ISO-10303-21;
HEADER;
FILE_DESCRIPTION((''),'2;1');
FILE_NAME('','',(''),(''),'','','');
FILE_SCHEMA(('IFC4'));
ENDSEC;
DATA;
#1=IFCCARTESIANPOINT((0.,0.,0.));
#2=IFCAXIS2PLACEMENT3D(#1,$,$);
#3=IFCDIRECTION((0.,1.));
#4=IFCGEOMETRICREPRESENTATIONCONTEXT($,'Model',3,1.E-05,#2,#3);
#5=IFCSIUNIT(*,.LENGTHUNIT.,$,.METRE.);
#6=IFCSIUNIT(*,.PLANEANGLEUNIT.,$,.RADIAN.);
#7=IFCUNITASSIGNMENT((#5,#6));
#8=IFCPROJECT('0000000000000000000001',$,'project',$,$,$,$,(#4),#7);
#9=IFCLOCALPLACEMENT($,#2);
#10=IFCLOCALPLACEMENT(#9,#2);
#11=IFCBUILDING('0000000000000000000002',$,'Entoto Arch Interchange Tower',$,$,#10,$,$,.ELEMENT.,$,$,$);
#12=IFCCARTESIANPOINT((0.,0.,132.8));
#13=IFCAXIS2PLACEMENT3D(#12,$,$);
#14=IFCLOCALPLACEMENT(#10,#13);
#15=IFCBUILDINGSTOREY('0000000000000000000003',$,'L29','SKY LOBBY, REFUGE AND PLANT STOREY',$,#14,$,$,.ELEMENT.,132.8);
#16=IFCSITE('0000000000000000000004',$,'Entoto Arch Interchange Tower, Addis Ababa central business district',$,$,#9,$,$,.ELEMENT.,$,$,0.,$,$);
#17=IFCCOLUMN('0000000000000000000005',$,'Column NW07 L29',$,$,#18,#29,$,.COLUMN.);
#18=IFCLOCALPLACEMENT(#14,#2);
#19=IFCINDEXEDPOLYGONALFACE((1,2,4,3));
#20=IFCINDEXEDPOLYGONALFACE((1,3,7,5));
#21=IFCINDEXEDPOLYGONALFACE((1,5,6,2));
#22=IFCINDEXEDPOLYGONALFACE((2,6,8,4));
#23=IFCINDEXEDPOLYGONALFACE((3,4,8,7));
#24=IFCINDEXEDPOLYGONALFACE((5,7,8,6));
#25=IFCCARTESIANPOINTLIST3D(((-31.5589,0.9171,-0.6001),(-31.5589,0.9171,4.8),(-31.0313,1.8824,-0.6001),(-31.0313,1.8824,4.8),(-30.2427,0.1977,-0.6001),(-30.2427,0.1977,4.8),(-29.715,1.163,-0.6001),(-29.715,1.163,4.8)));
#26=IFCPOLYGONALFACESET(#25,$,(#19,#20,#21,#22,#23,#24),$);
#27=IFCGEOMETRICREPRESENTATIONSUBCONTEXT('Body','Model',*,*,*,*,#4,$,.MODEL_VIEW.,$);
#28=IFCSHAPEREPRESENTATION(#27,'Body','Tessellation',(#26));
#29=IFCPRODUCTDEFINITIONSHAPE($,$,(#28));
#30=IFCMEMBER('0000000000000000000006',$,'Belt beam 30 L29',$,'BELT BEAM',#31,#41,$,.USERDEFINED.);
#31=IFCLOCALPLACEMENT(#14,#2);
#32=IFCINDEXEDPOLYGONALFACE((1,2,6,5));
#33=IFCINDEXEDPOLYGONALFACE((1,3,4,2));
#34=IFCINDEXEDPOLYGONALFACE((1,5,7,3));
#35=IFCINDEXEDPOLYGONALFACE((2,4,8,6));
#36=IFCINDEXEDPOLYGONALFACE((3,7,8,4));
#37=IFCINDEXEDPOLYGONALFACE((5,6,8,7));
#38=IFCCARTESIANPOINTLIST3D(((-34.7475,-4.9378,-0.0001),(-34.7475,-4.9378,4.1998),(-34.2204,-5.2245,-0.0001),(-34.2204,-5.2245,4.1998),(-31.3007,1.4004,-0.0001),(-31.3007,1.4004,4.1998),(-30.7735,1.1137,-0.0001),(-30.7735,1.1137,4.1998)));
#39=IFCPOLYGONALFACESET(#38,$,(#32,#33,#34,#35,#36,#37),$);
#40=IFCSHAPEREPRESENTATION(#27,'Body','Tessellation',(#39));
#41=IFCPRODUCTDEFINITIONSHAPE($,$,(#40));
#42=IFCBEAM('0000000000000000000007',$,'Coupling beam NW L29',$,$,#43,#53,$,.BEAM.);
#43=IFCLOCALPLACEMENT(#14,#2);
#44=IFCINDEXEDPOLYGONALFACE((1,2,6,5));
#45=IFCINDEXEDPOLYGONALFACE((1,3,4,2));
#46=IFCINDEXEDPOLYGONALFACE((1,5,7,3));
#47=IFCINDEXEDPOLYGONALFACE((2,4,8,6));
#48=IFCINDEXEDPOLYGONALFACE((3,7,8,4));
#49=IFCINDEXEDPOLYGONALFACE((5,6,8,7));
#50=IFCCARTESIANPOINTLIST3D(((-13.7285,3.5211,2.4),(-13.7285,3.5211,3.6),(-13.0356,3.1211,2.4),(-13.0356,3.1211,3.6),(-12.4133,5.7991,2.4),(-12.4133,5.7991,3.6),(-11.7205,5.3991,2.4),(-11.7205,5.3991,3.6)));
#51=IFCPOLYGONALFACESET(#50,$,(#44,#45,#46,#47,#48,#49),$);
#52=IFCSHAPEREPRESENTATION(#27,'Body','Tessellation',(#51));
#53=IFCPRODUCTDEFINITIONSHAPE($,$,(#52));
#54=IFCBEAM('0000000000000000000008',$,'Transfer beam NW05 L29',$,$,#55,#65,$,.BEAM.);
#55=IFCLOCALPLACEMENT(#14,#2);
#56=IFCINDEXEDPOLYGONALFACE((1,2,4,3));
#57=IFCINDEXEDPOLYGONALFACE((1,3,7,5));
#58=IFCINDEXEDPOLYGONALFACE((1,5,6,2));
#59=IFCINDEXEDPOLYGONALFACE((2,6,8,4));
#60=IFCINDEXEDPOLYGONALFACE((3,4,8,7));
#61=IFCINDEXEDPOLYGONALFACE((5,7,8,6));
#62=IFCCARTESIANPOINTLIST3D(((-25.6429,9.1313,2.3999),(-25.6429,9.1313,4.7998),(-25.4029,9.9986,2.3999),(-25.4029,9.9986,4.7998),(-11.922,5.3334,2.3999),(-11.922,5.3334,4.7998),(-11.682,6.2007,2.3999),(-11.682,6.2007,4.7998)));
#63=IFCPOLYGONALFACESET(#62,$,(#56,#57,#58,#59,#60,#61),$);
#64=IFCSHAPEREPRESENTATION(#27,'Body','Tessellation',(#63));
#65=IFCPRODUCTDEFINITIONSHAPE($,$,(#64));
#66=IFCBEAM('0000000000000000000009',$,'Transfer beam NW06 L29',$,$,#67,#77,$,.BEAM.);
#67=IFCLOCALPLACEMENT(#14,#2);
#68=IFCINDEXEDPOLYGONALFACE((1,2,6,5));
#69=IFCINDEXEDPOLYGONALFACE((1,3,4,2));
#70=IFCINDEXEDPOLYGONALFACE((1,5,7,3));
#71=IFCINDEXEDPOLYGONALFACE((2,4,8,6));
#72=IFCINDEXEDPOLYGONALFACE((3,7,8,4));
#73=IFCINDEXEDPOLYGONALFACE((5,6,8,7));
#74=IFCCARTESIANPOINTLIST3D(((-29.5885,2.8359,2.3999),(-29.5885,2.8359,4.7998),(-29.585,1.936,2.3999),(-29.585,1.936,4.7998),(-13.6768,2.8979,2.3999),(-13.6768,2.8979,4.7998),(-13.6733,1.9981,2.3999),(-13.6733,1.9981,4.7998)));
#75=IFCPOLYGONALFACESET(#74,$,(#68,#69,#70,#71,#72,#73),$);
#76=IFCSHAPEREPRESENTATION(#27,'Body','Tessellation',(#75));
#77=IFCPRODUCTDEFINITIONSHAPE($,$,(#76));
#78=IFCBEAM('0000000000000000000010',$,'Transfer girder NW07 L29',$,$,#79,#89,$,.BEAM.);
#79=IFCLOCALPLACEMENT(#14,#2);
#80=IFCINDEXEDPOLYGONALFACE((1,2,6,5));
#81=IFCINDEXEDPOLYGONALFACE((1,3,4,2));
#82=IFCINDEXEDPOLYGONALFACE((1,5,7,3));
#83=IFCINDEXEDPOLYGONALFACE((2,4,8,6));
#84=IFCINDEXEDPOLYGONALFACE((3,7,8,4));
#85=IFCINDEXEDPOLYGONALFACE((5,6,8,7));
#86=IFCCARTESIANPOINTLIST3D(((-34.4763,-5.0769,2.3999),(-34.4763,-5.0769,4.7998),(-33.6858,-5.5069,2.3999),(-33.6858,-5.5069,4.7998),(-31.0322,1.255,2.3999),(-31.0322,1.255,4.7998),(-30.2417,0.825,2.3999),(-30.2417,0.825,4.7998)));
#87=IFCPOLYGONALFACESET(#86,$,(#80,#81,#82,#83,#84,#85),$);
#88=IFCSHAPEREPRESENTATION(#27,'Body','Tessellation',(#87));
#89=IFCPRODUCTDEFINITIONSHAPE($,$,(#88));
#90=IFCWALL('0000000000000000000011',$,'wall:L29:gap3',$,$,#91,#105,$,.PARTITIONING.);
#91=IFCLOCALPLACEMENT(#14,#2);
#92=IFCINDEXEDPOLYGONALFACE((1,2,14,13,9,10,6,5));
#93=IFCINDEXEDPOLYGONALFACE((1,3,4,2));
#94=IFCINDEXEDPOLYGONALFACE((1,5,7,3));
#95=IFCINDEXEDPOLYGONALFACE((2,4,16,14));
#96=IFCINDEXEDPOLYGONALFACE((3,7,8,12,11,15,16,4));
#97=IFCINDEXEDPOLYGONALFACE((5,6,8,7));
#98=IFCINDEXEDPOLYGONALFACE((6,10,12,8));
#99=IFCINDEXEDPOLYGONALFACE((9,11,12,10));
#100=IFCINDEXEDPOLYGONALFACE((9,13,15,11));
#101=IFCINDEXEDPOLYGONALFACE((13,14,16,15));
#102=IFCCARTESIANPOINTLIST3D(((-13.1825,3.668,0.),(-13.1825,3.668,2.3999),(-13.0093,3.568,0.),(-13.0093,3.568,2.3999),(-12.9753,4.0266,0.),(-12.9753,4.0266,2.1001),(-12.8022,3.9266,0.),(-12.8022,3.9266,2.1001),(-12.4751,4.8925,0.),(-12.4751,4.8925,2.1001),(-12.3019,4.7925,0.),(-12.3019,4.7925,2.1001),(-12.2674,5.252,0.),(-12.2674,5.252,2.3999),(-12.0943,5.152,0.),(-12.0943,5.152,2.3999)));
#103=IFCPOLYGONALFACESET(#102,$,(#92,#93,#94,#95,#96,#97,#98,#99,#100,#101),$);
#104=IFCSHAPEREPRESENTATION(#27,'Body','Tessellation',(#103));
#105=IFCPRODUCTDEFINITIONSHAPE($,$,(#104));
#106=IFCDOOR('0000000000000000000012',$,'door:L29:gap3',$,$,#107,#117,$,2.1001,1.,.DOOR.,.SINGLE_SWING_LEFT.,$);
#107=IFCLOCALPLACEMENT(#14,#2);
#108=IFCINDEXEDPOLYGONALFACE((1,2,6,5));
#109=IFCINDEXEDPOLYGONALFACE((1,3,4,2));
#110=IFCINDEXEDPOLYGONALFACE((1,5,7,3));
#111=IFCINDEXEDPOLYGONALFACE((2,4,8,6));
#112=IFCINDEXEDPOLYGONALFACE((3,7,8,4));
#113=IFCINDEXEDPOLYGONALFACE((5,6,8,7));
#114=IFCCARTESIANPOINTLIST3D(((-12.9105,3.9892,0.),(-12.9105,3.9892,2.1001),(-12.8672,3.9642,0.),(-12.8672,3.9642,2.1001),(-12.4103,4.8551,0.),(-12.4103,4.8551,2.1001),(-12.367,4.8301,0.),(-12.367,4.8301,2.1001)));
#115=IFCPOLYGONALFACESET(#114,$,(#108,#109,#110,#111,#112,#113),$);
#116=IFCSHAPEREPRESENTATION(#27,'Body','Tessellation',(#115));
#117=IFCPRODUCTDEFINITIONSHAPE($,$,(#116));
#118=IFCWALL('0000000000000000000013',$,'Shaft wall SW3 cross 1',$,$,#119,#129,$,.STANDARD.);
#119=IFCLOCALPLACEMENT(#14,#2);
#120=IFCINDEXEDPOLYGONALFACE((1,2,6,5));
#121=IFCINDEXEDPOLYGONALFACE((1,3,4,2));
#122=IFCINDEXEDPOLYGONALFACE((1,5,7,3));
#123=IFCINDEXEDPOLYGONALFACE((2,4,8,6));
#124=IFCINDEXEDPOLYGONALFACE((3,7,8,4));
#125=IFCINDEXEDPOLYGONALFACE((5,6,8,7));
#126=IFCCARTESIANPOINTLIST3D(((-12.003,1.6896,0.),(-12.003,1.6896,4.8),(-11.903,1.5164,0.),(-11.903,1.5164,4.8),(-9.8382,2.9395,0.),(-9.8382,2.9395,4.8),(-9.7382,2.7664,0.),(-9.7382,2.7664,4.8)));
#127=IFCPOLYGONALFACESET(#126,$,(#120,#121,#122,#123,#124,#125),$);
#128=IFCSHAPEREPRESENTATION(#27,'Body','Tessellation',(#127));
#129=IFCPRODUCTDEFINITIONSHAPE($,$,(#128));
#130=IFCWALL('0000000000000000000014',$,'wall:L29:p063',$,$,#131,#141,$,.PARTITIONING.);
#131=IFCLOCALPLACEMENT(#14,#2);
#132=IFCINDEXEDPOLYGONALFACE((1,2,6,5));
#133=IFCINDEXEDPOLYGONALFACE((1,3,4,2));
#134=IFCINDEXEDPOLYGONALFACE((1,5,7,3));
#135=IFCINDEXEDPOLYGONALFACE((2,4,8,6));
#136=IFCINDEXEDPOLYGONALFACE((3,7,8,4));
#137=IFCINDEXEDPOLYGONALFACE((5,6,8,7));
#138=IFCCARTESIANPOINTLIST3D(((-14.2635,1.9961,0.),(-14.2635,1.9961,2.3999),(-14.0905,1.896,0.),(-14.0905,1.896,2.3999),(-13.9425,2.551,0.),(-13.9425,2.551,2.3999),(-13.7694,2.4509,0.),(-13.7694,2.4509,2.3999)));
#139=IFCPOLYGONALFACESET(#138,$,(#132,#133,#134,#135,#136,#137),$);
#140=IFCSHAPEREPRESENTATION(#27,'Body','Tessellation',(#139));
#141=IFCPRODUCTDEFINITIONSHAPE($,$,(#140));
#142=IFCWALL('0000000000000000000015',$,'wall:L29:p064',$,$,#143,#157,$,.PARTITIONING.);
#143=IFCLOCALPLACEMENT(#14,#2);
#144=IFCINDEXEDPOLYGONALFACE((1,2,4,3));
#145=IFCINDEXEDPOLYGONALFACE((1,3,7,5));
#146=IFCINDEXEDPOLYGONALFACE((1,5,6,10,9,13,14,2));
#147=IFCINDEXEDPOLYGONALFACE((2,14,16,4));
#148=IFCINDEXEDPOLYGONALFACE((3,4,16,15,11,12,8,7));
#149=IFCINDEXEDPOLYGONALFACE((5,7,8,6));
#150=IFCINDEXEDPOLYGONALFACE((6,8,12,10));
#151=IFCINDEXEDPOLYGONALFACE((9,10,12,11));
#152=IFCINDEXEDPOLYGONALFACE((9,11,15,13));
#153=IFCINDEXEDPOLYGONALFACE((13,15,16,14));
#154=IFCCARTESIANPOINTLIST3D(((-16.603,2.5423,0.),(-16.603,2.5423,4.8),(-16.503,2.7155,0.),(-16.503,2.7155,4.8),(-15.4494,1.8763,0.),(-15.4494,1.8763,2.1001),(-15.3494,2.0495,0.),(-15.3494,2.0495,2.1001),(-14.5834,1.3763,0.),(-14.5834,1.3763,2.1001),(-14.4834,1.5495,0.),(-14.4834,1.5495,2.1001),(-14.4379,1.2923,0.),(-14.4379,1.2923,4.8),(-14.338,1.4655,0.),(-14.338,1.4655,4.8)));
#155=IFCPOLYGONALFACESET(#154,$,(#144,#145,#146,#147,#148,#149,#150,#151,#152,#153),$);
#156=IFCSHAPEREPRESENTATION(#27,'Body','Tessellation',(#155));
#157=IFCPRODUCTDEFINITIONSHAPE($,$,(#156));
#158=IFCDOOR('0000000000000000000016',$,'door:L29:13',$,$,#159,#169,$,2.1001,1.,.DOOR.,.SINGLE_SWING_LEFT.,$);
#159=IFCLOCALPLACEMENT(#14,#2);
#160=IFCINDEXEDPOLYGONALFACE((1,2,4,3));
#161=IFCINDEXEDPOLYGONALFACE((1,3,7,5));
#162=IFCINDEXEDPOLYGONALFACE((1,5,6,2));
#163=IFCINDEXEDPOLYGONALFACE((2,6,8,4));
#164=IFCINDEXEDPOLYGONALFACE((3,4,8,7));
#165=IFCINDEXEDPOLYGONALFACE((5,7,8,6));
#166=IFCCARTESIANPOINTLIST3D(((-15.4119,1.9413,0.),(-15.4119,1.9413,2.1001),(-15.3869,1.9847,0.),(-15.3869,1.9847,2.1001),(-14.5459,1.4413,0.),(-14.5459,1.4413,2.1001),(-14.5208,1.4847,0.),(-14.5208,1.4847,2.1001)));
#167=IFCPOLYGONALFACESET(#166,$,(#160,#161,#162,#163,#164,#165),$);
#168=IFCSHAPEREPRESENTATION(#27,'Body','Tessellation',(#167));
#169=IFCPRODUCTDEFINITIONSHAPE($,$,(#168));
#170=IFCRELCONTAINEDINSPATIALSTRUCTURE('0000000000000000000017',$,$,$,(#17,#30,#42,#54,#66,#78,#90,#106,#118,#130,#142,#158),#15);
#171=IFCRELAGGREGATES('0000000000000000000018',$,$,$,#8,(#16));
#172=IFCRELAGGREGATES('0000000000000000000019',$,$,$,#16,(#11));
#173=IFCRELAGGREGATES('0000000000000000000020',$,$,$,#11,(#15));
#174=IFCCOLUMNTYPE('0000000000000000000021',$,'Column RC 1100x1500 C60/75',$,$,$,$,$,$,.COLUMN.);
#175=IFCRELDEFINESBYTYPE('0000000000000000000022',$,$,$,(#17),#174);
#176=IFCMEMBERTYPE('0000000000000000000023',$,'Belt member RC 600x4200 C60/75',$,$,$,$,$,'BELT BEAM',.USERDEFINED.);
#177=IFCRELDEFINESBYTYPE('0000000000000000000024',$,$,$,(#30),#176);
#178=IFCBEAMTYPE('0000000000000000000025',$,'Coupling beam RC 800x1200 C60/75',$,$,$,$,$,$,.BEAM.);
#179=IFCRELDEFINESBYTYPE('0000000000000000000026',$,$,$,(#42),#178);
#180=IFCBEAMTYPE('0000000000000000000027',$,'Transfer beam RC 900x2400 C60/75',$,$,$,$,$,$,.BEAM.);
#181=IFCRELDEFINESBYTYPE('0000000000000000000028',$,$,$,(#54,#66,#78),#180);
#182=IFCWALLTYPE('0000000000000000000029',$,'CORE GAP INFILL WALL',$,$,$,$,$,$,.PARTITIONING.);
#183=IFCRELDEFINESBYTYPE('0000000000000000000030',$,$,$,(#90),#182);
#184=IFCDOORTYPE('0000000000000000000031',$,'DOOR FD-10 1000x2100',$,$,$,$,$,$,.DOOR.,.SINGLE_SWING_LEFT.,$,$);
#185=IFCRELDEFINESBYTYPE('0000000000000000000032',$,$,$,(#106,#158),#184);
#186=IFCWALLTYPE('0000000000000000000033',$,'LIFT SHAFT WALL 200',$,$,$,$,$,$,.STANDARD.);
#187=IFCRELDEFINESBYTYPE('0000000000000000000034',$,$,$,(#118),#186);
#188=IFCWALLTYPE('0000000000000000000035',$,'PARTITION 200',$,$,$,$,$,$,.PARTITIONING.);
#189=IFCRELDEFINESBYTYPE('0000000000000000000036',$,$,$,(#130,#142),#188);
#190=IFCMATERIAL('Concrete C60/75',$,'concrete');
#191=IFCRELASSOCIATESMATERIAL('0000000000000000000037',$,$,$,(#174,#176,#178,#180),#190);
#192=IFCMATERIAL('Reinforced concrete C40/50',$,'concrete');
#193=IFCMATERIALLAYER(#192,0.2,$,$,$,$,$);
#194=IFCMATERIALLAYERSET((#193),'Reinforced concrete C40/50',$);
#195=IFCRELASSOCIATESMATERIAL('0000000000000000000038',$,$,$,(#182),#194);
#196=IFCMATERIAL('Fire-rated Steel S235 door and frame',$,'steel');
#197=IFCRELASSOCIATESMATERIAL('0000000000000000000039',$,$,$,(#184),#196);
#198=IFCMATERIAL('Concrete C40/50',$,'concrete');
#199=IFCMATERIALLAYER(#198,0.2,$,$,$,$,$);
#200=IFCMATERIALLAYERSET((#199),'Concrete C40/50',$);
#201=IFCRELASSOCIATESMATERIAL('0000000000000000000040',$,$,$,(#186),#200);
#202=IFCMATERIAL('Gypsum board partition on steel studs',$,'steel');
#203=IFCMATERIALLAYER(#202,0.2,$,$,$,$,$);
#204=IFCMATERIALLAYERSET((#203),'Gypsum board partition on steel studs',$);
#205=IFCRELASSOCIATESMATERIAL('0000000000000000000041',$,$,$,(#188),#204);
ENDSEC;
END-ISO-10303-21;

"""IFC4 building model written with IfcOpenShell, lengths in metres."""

from ifc_helpers import new_model, si_unit, direction, frame, frame_2d, origin, origin_2d, place, context, subcontext, project, spatial, rectangle, extrude, material, layer, layer_set, material_profile, profile_set, type_object, element, fill, save


model = new_model("IFC4")

# Units and contexts
model_context = context("Model", 3, precision=1e-05, world=origin(), true_north=direction((0.0, 1.0)))
body_context = subcontext(model_context, "Body", "Model", "MODEL_VIEW")
ifc_project = project(units=[si_unit("LENGTHUNIT", "METRE"), si_unit("PLANEANGLEUNIT", "RADIAN")], contexts=[model_context])

# Site, building, storey
site_placement = place(None, origin())
site = spatial("IfcSite", under=ifc_project, at=site_placement, Name="Entoto Arch Interchange Tower, Addis Ababa central business district", CompositionType="ELEMENT", RefElevation=0.0)
building_placement = place(site_placement, origin())
building = spatial("IfcBuilding", under=site, at=building_placement, Name="Entoto Arch Interchange Tower", CompositionType="ELEMENT")
storey_placement = place(building_placement, frame((0.0, 0.0, 132.8)))
storey = spatial("IfcBuildingStorey", under=building, at=storey_placement, Name="L29", Description="SKY LOBBY, REFUGE AND PLANT STOREY", CompositionType="ELEMENT", Elevation=132.8)

# Column
ifc_material_1 = material(Name="Concrete C60/75", Category="concrete")
ifc_material_profile_1 = material_profile(ifc_material_1, rectangle(XDim=1.1001, YDim=1.5, at=origin_2d()))
ifc_profile_set_1 = profile_set([ifc_material_profile_1], Name="Concrete C60/75")
column_type = type_object("IfcColumnType", Name="Column RC 1100x1500 C60/75", PredefinedType="COLUMN", material=ifc_profile_set_1)
column_placement = place(storey_placement, frame((-30.637, 1.04, -0.6001), z_axis=(0.0, 0.0, 1.0), x_axis=(0.479611, 0.877481, 0.0)))
element("IfcColumn", 1, at=column_placement, inside=storey, type_object=column_type, Name="Column NW07 L29", PredefinedType="COLUMN", context=body_context, shape_type="SweptSolid", body=[
    extrude(rectangle(XDim=1.1001, YDim=1.5, at=origin_2d()), origin(), (0.0, 0.0, 1.0), 5.4001),
])

# Member
ifc_material_profile_2 = material_profile(ifc_material_1, rectangle(XDim=0.6001, YDim=4.2, at=origin_2d()))
ifc_profile_set_2 = profile_set([ifc_material_profile_2], Name="Concrete C60/75")
member_type = type_object("IfcMemberType", Name="Belt member RC 600x4200 C60/75", ElementType="BELT BEAM", PredefinedType="USERDEFINED", material=ifc_profile_set_2)
member_placement = place(storey_placement, frame((-31.0371, 1.2571, 2.0999), z_axis=(-0.477742, -0.8785, 0.0), x_axis=(0.8785, -0.477742, 0.0)))
element("IfcMember", 2, at=member_placement, inside=storey, type_object=member_type, Name="Belt beam 30 L29", ObjectType="BELT BEAM", PredefinedType="USERDEFINED", context=body_context, shape_type="SweptSolid", body=[
    extrude(rectangle(XDim=0.6001, YDim=4.2, at=origin_2d()), origin(), (0.0, 0.0, 1.0), 7.2148),
])

# Beams
ifc_material_profile_3 = material_profile(ifc_material_1, rectangle(XDim=0.8, YDim=1.2, at=origin_2d()))
ifc_profile_set_3 = profile_set([ifc_material_profile_3], Name="Concrete C60/75")
beam_type_1 = type_object("IfcBeamType", Name="Coupling beam RC 800x1200 C60/75", PredefinedType="BEAM", material=ifc_profile_set_3)
beam_1_placement = place(storey_placement, frame((-12.0669, 5.5991, 3.0), z_axis=(-0.499982, -0.866036, 0.0), x_axis=(0.866036, -0.499982, 0.0)))
element("IfcBeam", 3, at=beam_1_placement, inside=storey, type_object=beam_type_1, Name="Coupling beam NW L29", PredefinedType="BEAM", context=body_context, shape_type="SweptSolid", body=[
    extrude(rectangle(XDim=0.8, YDim=1.2, at=origin_2d()), origin(), (0.0, 0.0, 1.0), 2.6304),
])
ifc_material_profile_4 = material_profile(ifc_material_1, rectangle(XDim=0.8999, YDim=2.3999, at=origin_2d()))
ifc_profile_set_4 = profile_set([ifc_material_profile_4], Name="Concrete C60/75")
beam_type_2 = type_object("IfcBeamType", Name="Transfer beam RC 900x2400 C60/75", PredefinedType="BEAM", material=ifc_profile_set_4)
beam_2_placement = place(storey_placement, frame((-11.802, 5.7671, 3.5999), z_axis=(-0.963762, 0.266762, 0.0), x_axis=(-0.266762, -0.963762, 0.0)))
element("IfcBeam", 4, at=beam_2_placement, inside=storey, type_object=beam_type_2, Name="Transfer beam NW05 L29", PredefinedType="BEAM", context=body_context, shape_type="SweptSolid", body=[
    extrude(rectangle(XDim=0.8999, YDim=2.3999, at=origin_2d()), origin(), (0.0, 0.0, 1.0), 14.2368),
])
beam_3_placement = place(storey_placement, frame((-13.675, 2.448, 3.5999), z_axis=(-0.999992, -0.003897, 0.0), x_axis=(0.003897, -0.999992, 0.0)))
element("IfcBeam", 5, at=beam_3_placement, inside=storey, type_object=beam_type_2, Name="Transfer beam NW06 L29", PredefinedType="BEAM", context=body_context, shape_type="SweptSolid", body=[
    extrude(rectangle(XDim=0.8999, YDim=2.3999, at=origin_2d()), origin(), (0.0, 0.0, 1.0), 15.9119),
])
beam_4_placement = place(storey_placement, frame((-30.637, 1.04, 3.5999), z_axis=(-0.47781, -0.878463, 0.0), x_axis=(0.878463, -0.47781, 0.0)))
element("IfcBeam", 6, at=beam_4_placement, inside=storey, type_object=beam_type_2, Name="Transfer girder NW07 L29", PredefinedType="BEAM", context=body_context, shape_type="SweptSolid", body=[
    extrude(rectangle(XDim=0.8999, YDim=2.3999, at=origin_2d()), origin(), (0.0, 0.0, 1.0), 7.208),
])

# Wall, opening, door
ifc_material_2 = material(Name="Reinforced concrete C40/50", Category="concrete")
ifc_layer_1 = layer(ifc_material_2, 0.2)
ifc_layer_set_1 = layer_set([ifc_layer_1], Name="Reinforced concrete C40/50")
wall_type_1 = type_object("IfcWallType", Name="CORE GAP INFILL WALL", PredefinedType="PARTITIONING", material=ifc_layer_set_1)
wall_1_placement = place(storey_placement, frame((-12.1809, 5.2019, 0.0), z_axis=(0.0, 0.0, 1.0), x_axis=(-0.500215, -0.865901, 0.0)))
wall_1 = element("IfcWall", 7, at=wall_1_placement, inside=storey, type_object=wall_type_1, Name="wall:L29:gap3", PredefinedType="PARTITIONING", context=body_context, shape_type="SweptSolid", body=[
    extrude(rectangle(XDim=1.8293, YDim=0.2, at=frame_2d((0.9146, 0.0))), origin(), (0.0, 0.0, 1.0), 2.3999),
])
opening_1_placement = place(wall_1_placement, frame((0.415, 0.0, 0.0)))
opening_1 = element("IfcOpeningElement", 8, at=opening_1_placement, cuts=wall_1, PredefinedType="OPENING", context=body_context, shape_type="SweptSolid", body=[
    extrude(rectangle(XDim=1.0, YDim=2.1001, at=frame_2d((0.5, 1.05))), frame((0.0, 0.1099, 0.0), z_axis=(0.0, -1.0, 0.0), x_axis=(1.0, 0.0, 0.0)), (0.0, 0.0, 1.0), 0.22),
])
ifc_material_3 = material(Name="Fire-rated Steel S235 door and frame", Category="steel")
door_type = type_object("IfcDoorType", Name="DOOR FD-10 1000x2100", OperationType="SINGLE_SWING_LEFT", PredefinedType="DOOR", material=ifc_material_3)
door_1_placement = place(opening_1_placement, origin())
door_1 = element("IfcDoor", 9, at=door_1_placement, inside=storey, type_object=door_type, Name="door:L29:gap3", OperationType="SINGLE_SWING_LEFT", OverallHeight=2.1001, OverallWidth=1.0, PredefinedType="DOOR", context=body_context, shape_type="SweptSolid", body=[
    extrude(rectangle(XDim=1.0, YDim=2.1001, at=frame_2d((0.5, 1.05))), frame((0.0, 0.0249, 0.0), z_axis=(0.0, -1.0, 0.0), x_axis=(1.0, 0.0, 0.0)), (0.0, 0.0, 1.0), 0.05),
])
fill(opening_1, door_1)

# Walls
ifc_material_4 = material(Name="Concrete C40/50", Category="concrete")
ifc_layer_2 = layer(ifc_material_4, 0.2)
ifc_layer_set_2 = layer_set([ifc_layer_2], Name="Concrete C40/50")
wall_type_2 = type_object("IfcWallType", Name="LIFT SHAFT WALL 200", PredefinedType="STANDARD", material=ifc_layer_set_2)
wall_2_placement = place(storey_placement, frame((-9.7881, 2.853, 0.0), z_axis=(0.0, 0.0, 1.0), x_axis=(-0.865999, -0.500047, 0.0)))
element("IfcWall", 10, at=wall_2_placement, inside=storey, type_object=wall_type_2, Name="Shaft wall SW3 cross 1", PredefinedType="STANDARD", context=body_context, shape_type="SweptSolid", body=[
    extrude(rectangle(XDim=2.4998, YDim=0.2, at=frame_2d((1.25, 0.0))), origin(), (0.0, 0.0, 1.0), 4.8),
])
ifc_material_5 = material(Name="Gypsum board partition on steel studs", Category="steel")
ifc_layer_3 = layer(ifc_material_5, 0.2)
ifc_layer_set_3 = layer_set([ifc_layer_3], Name="Gypsum board partition on steel studs")
wall_type_3 = type_object("IfcWallType", Name="PARTITION 200", PredefinedType="PARTITIONING", material=ifc_layer_set_3)
wall_3_placement = place(storey_placement, frame((-13.856, 2.501, 0.0), z_axis=(0.0, 0.0, 1.0), x_axis=(-0.500766, -0.865583, 0.0)))
element("IfcWall", 11, at=wall_3_placement, inside=storey, type_object=wall_type_3, Name="wall:L29:p063", PredefinedType="PARTITIONING", context=body_context, shape_type="SweptSolid", body=[
    extrude(rectangle(XDim=0.6411, YDim=0.2, at=frame_2d((0.3206, 0.0))), origin(), (0.0, 0.0, 1.0), 2.3999),
])

# Wall, opening, door
wall_4_placement = place(storey_placement, frame((-14.3879, 1.3789, 0.0), z_axis=(0.0, 0.0, 1.0), x_axis=(-0.866023, 0.500004, 0.0)))
wall_4 = element("IfcWall", 12, at=wall_4_placement, inside=storey, type_object=wall_type_3, Name="wall:L29:p064", PredefinedType="PARTITIONING", context=body_context, shape_type="SweptSolid", body=[
    extrude(rectangle(XDim=2.5, YDim=0.2, at=frame_2d((1.25, 0.0))), origin(), (0.0, 0.0, 1.0), 4.8),
])
opening_2_placement = place(wall_4_placement, frame((0.168, 0.0, 0.0)))
opening_2 = element("IfcOpeningElement", 13, at=opening_2_placement, cuts=wall_4, PredefinedType="OPENING", context=body_context, shape_type="SweptSolid", body=[
    extrude(rectangle(XDim=1.0, YDim=2.1001, at=frame_2d((0.5, 1.05))), frame((0.0, 0.1099, 0.0), z_axis=(0.0, -1.0, 0.0), x_axis=(1.0, 0.0, 0.0)), (0.0, 0.0, 1.0), 0.22),
])
door_2_placement = place(opening_2_placement, origin())
door_2 = element("IfcDoor", 14, at=door_2_placement, inside=storey, type_object=door_type, Name="door:L29:13", OperationType="SINGLE_SWING_LEFT", OverallHeight=2.1001, OverallWidth=1.0, PredefinedType="DOOR", context=body_context, shape_type="SweptSolid", body=[
    extrude(rectangle(XDim=1.0, YDim=2.1001, at=frame_2d((0.5, 1.05))), frame((0.0, 0.0249, 0.0), z_axis=(0.0, -1.0, 0.0), x_axis=(1.0, 0.0, 0.0)), (0.0, 0.0, 1.0), 0.05),
])
fill(opening_2, door_2)

save(model, "model.ifc")
